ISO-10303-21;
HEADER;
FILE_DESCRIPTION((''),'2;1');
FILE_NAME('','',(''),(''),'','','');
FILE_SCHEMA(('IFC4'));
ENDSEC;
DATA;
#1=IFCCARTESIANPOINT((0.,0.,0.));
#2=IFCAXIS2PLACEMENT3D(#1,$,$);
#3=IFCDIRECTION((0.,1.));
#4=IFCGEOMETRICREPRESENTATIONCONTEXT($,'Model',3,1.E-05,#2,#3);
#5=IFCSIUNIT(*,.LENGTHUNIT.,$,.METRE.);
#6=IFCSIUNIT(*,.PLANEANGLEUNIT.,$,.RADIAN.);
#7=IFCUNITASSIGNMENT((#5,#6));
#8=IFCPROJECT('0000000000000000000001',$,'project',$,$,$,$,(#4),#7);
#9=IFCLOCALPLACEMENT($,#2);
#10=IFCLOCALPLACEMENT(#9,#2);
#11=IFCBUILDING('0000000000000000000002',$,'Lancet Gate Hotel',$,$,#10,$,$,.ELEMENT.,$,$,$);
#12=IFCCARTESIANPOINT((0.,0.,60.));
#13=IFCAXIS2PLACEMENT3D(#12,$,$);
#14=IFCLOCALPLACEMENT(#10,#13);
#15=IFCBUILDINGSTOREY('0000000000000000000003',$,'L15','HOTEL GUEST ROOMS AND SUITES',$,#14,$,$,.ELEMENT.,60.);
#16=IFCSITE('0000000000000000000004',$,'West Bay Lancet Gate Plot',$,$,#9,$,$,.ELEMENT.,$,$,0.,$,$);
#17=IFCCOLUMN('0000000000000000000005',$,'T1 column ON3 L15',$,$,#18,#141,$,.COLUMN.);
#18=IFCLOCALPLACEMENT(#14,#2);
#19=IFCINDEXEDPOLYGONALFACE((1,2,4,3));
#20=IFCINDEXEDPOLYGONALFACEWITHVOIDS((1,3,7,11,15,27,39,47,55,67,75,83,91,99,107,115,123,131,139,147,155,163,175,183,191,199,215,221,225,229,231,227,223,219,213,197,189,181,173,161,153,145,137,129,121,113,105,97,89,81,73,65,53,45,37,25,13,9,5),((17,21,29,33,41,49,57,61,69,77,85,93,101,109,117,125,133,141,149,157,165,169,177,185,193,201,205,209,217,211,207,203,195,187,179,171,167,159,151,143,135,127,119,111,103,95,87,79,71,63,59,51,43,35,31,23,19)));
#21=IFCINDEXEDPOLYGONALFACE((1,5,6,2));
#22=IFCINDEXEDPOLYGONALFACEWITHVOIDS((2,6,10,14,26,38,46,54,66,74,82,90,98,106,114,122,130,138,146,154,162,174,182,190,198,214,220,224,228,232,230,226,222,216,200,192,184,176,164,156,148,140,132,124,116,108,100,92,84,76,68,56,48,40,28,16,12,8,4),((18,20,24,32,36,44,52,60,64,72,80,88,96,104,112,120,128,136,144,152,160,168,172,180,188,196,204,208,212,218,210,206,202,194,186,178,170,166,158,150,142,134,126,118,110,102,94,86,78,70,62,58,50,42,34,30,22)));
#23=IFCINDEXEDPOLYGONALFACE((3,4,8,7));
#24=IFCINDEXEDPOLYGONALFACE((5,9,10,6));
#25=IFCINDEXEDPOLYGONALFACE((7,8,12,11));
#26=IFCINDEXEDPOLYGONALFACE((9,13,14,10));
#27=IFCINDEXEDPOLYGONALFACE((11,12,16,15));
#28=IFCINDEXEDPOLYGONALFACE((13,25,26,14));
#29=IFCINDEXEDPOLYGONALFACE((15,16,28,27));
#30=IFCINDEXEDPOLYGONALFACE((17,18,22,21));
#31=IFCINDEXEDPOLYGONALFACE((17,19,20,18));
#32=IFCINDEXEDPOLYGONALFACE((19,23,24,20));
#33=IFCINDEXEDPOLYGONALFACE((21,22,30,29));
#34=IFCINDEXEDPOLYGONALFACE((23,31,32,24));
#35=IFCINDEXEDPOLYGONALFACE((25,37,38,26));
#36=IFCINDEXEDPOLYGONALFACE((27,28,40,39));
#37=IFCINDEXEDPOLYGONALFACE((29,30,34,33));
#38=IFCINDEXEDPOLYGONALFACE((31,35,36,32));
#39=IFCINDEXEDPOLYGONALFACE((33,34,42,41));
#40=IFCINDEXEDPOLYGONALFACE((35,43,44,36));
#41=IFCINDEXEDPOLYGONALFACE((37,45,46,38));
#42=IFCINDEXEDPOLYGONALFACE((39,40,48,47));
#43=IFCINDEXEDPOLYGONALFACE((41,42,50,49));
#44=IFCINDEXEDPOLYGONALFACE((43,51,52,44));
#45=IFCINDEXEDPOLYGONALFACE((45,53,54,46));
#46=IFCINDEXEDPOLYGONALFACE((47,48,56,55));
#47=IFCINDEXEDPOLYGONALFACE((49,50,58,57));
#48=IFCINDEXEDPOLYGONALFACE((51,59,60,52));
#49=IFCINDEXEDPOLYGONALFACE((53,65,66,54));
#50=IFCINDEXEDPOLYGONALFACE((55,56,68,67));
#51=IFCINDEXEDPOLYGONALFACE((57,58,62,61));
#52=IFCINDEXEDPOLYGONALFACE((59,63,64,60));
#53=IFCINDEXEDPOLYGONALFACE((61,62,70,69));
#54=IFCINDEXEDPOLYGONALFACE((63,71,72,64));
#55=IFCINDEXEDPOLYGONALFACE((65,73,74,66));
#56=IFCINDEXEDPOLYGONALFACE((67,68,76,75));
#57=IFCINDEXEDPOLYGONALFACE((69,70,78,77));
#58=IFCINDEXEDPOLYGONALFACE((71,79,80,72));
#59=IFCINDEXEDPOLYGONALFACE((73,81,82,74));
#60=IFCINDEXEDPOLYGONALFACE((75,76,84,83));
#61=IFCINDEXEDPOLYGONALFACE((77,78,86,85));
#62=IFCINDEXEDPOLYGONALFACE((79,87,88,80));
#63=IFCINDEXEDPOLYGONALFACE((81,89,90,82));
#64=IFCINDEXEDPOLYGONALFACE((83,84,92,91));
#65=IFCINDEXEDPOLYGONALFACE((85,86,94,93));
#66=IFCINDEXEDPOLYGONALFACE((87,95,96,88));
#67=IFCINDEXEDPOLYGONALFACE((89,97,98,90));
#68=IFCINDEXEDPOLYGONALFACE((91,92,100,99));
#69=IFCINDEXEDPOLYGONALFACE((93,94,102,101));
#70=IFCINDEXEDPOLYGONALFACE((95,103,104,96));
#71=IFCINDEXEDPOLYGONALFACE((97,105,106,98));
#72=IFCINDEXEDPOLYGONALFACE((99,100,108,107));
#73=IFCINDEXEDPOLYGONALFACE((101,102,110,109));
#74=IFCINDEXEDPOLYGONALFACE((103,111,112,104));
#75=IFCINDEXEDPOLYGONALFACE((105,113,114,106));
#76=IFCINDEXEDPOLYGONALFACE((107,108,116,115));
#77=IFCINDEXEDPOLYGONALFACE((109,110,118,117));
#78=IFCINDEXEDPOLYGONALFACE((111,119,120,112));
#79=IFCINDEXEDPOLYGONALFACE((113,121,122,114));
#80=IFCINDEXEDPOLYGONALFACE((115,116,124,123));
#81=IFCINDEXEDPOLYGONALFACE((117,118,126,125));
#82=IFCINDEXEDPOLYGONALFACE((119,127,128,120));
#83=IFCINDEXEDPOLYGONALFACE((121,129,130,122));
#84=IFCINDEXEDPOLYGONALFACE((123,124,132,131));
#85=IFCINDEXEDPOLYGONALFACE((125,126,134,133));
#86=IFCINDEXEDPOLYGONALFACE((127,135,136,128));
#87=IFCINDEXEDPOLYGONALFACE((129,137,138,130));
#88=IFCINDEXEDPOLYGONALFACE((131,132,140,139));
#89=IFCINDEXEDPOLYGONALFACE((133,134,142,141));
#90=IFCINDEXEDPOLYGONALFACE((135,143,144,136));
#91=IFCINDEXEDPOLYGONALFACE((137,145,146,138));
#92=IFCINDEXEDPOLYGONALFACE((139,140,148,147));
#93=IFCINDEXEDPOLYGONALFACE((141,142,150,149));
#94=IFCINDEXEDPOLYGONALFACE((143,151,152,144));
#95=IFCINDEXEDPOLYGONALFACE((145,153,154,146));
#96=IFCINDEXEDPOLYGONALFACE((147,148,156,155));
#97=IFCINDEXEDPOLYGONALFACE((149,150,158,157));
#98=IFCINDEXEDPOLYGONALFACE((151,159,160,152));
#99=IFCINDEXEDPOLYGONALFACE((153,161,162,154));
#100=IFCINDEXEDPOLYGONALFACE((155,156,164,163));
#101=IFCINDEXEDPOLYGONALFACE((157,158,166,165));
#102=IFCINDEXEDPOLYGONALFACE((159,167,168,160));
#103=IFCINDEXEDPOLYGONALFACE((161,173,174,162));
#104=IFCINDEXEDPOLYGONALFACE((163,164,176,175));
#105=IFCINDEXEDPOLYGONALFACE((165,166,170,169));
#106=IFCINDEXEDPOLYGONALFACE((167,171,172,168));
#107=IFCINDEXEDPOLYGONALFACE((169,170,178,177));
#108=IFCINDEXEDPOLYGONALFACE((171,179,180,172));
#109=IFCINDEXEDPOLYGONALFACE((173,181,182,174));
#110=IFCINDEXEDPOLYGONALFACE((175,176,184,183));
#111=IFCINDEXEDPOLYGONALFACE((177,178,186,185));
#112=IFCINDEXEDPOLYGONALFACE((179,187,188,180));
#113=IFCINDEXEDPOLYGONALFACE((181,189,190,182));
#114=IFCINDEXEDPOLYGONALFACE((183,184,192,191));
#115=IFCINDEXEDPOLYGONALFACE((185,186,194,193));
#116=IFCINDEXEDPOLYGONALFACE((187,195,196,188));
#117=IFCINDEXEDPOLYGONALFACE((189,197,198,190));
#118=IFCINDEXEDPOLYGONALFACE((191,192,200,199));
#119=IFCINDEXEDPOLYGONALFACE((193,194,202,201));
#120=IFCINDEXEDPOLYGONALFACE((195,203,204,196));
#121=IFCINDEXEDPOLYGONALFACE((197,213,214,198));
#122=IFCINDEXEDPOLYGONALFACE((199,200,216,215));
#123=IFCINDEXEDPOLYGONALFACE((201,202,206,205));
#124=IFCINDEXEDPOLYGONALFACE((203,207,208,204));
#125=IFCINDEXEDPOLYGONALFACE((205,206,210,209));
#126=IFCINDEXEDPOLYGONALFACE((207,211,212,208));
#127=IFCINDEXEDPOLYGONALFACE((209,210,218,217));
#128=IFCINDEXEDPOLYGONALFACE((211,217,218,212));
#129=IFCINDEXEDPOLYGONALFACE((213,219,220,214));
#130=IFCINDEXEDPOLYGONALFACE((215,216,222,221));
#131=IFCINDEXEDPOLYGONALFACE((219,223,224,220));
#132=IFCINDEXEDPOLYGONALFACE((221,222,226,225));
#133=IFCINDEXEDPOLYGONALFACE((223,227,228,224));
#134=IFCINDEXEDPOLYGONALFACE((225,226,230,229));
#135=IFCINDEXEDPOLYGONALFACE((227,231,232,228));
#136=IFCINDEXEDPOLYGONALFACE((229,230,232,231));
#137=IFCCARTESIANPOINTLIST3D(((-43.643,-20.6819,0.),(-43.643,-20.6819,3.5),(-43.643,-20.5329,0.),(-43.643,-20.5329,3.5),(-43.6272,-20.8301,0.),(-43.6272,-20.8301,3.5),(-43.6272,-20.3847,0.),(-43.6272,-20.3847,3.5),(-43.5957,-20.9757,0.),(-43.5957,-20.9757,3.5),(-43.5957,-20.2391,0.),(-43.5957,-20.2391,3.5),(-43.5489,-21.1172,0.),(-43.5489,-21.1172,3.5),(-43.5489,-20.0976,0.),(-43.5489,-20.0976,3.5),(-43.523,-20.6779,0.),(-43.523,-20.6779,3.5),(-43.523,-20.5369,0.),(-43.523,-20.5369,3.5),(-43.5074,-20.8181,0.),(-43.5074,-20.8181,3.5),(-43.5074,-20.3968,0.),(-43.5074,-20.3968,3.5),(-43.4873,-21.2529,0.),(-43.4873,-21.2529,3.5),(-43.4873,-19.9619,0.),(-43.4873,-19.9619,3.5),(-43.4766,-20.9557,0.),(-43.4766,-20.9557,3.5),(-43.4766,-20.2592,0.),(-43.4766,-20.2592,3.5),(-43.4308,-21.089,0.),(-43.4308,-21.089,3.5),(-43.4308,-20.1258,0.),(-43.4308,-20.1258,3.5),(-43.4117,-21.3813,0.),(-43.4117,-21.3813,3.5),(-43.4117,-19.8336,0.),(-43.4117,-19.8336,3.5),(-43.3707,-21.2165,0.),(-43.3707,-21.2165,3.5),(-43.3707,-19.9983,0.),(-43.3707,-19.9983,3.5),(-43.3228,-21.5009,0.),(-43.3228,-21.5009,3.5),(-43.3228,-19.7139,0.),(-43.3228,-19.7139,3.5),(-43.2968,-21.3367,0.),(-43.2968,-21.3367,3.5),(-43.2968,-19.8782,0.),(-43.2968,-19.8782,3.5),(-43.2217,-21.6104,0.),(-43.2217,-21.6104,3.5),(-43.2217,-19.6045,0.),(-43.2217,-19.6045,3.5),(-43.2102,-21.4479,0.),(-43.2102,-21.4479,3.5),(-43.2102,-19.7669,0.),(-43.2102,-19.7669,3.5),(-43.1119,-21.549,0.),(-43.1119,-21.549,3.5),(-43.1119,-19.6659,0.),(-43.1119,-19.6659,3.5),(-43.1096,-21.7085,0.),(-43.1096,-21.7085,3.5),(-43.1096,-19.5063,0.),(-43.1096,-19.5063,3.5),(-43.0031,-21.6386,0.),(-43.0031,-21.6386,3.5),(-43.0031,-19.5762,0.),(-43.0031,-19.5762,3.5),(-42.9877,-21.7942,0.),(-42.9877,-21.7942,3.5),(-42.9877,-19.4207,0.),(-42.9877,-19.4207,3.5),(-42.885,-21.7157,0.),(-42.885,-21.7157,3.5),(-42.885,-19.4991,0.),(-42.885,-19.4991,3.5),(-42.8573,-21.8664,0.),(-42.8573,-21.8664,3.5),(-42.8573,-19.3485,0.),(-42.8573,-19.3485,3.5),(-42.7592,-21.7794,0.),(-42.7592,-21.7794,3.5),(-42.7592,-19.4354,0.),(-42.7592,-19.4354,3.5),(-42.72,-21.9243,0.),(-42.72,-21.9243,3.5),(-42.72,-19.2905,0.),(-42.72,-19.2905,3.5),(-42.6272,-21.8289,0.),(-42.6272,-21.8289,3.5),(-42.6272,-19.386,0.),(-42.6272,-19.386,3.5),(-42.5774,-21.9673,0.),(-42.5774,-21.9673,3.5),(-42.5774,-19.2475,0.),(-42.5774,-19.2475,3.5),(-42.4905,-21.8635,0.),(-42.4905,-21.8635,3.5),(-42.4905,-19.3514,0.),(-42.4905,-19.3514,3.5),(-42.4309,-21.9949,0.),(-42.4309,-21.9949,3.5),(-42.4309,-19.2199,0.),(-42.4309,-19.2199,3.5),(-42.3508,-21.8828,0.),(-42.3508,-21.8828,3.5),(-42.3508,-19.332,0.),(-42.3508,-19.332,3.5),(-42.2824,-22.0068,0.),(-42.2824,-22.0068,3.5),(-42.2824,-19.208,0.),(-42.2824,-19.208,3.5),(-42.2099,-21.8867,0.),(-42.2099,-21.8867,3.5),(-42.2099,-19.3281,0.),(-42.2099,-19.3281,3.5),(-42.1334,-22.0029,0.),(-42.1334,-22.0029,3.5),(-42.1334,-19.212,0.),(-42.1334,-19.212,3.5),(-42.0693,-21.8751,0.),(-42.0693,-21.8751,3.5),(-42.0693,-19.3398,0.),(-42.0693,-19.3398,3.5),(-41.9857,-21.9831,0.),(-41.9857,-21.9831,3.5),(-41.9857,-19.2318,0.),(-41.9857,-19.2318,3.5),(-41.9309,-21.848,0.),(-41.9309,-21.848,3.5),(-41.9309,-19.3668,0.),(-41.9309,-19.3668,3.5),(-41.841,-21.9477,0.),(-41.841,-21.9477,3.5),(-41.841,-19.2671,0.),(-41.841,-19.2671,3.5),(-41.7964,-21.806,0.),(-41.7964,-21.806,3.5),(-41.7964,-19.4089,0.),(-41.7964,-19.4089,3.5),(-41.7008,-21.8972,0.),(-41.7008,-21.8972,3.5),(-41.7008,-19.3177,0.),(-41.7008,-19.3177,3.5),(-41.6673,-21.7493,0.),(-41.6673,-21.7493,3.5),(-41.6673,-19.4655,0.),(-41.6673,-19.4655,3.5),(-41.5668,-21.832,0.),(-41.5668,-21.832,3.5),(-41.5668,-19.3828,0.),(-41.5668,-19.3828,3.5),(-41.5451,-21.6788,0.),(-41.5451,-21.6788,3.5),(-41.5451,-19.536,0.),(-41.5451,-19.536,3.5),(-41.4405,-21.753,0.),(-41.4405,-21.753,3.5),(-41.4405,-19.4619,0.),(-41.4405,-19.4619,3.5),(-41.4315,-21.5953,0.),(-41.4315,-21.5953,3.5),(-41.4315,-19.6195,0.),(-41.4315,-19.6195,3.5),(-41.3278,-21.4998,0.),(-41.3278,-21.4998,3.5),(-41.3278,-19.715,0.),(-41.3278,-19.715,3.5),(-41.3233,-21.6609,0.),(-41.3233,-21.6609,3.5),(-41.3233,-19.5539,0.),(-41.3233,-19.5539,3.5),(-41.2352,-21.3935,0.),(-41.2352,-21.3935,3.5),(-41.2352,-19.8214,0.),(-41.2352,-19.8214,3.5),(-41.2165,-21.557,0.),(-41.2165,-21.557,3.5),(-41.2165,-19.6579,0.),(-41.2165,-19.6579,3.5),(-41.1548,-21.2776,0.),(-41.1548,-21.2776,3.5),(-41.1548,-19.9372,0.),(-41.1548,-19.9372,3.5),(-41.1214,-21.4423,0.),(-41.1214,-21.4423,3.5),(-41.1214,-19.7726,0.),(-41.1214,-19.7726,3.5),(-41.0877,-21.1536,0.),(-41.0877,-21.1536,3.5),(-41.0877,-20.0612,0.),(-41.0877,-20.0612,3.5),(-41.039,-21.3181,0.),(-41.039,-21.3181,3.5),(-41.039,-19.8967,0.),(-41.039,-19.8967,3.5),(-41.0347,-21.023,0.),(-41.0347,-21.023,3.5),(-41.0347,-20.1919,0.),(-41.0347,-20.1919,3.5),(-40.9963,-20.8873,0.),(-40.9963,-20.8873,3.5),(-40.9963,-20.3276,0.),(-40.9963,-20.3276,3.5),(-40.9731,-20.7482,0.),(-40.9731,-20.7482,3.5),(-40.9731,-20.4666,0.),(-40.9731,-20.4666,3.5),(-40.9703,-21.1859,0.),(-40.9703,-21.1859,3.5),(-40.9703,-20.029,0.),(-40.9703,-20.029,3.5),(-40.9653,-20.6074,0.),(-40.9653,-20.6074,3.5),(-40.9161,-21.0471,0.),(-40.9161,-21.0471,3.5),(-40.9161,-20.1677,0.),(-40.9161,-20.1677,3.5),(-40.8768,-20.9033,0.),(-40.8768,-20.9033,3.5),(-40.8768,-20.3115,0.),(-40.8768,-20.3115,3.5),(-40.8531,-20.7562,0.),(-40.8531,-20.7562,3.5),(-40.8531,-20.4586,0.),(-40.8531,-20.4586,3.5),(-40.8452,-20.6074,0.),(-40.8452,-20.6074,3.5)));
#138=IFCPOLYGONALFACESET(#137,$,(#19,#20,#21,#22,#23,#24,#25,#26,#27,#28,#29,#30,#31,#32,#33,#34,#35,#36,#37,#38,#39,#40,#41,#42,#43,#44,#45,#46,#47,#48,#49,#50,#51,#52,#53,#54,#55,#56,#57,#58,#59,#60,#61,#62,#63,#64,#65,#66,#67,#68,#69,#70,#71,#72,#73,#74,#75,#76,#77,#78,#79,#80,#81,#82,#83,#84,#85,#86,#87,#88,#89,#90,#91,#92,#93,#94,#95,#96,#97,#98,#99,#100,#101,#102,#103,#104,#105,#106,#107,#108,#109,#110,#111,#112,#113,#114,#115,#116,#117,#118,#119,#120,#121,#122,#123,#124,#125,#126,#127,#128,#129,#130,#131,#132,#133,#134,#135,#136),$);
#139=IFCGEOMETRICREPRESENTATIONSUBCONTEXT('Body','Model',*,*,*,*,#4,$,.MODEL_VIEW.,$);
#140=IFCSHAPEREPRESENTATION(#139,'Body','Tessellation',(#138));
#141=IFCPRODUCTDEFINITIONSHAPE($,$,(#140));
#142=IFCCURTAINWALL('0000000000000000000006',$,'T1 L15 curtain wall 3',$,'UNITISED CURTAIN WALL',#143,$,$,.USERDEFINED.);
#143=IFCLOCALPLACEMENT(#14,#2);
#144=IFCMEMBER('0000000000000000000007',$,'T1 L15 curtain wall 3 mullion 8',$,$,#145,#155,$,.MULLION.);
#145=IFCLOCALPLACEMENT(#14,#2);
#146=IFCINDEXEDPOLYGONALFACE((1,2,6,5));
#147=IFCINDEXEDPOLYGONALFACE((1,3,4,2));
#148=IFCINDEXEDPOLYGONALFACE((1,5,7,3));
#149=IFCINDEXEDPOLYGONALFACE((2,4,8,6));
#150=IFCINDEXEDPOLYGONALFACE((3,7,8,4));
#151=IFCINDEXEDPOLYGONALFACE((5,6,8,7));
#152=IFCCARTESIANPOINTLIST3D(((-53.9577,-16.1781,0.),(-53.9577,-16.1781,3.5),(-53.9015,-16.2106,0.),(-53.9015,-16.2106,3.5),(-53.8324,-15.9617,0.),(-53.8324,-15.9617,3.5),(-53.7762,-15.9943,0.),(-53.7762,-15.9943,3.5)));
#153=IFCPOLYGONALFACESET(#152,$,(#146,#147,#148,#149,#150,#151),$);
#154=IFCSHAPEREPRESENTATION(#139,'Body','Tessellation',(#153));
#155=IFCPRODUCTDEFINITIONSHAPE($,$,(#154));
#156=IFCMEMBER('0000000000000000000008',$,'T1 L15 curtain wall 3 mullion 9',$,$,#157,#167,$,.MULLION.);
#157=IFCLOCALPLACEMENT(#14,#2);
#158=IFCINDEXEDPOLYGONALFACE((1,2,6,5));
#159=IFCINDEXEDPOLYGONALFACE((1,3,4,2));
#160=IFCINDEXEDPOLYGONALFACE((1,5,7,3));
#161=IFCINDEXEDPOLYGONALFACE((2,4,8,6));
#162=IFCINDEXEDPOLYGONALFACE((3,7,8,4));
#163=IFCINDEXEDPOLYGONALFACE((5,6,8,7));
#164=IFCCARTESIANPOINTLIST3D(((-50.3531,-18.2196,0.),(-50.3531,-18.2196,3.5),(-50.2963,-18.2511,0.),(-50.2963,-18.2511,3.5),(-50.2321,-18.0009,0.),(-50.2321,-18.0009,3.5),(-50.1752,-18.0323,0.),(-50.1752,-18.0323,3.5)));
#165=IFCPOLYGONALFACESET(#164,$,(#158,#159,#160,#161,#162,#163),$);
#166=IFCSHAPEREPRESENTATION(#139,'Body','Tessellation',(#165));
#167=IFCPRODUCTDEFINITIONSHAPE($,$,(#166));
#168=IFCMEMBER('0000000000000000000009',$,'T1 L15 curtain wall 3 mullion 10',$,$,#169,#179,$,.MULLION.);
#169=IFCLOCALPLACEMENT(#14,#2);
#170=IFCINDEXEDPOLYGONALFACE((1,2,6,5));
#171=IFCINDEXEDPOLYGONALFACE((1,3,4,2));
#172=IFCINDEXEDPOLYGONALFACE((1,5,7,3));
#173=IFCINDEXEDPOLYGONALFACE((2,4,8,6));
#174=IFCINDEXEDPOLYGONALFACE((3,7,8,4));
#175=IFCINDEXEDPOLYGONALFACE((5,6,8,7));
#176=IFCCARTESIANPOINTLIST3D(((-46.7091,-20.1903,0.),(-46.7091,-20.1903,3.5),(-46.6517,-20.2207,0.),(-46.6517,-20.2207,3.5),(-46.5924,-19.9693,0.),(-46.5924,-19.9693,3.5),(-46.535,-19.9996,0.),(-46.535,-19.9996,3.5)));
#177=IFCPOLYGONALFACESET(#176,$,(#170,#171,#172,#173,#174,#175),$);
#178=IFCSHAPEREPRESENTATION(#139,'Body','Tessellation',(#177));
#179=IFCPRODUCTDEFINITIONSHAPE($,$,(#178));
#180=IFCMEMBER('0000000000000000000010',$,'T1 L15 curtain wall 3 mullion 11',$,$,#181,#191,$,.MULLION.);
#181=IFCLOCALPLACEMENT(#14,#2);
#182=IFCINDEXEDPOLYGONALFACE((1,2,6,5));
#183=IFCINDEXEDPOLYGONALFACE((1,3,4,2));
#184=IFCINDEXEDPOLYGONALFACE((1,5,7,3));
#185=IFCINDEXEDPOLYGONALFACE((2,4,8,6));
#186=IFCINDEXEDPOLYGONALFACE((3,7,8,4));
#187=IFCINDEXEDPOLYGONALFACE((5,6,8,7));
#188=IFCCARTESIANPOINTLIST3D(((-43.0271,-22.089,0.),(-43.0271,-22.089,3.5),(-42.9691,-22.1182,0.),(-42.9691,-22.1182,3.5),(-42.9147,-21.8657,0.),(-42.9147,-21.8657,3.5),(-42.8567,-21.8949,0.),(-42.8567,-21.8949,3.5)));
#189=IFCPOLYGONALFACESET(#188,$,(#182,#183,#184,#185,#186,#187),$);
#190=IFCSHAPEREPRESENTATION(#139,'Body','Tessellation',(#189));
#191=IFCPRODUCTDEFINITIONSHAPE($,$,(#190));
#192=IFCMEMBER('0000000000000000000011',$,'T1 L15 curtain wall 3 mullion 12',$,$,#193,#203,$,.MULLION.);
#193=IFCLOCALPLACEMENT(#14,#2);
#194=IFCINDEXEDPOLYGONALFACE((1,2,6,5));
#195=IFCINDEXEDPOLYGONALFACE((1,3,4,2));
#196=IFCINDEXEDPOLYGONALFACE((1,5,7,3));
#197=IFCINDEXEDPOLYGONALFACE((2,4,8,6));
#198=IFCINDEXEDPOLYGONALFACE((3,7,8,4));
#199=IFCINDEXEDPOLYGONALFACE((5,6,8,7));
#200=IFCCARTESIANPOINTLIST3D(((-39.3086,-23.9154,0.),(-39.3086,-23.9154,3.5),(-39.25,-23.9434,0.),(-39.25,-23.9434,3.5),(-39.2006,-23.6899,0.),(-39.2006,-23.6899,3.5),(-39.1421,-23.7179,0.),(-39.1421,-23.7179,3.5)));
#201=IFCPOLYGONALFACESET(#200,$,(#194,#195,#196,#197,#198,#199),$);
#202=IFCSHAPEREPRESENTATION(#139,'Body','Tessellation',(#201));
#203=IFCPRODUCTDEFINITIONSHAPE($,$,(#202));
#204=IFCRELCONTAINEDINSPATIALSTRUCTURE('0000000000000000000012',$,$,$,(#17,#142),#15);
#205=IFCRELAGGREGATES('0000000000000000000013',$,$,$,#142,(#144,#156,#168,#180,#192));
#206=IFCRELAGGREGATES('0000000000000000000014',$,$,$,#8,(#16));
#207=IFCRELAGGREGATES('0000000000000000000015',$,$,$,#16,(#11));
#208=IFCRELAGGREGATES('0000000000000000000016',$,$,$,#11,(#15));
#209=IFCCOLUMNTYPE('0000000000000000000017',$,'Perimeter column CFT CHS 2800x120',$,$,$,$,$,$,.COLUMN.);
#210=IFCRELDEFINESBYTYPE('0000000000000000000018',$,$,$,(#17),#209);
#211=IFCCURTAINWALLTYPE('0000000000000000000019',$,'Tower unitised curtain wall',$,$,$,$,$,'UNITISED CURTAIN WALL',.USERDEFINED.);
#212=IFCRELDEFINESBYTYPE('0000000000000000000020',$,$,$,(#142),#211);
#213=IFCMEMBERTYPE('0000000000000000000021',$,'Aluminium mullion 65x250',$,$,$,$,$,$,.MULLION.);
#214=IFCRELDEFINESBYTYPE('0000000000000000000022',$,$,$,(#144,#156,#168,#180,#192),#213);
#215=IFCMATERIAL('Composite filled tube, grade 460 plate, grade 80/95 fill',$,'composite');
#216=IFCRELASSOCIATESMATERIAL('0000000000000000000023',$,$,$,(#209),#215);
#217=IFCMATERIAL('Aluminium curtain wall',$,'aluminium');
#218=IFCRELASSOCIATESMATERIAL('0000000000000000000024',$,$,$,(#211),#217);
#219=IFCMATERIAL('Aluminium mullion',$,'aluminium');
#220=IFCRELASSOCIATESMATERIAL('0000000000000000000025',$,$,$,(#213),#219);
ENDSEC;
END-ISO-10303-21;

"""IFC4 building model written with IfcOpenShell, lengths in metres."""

from ifc_helpers import new_model, si_unit, direction, frame, origin, origin_2d, place, context, subcontext, project, spatial, rectangle, hollow_circle, extrude, material, material_profile, profile_set, type_object, element, aggregate, save


model = new_model("IFC4")

# Units and contexts
model_context = context("Model", 3, precision=1e-05, world=origin(), true_north=direction((0.0, 1.0)))
body_context = subcontext(model_context, "Body", "Model", "MODEL_VIEW")
ifc_project = project(units=[si_unit("LENGTHUNIT", "METRE"), si_unit("PLANEANGLEUNIT", "RADIAN")], contexts=[model_context])

# Site, building, storey
site_placement = place(None, origin())
site = spatial("IfcSite", under=ifc_project, at=site_placement, Name="West Bay Lancet Gate Plot", CompositionType="ELEMENT", RefElevation=0.0)
building_placement = place(site_placement, origin())
building = spatial("IfcBuilding", under=site, at=building_placement, Name="Lancet Gate Hotel", CompositionType="ELEMENT")
storey_placement = place(building_placement, frame((0.0, 0.0, 60.0)))
storey = spatial("IfcBuildingStorey", under=building, at=storey_placement, Name="L15", Description="HOTEL GUEST ROOMS AND SUITES", CompositionType="ELEMENT", Elevation=60.0)

# Column
ifc_material_1 = material(Name="Composite filled tube, grade 460 plate, grade 80/95 fill", Category="composite")
ifc_material_profile_1 = material_profile(ifc_material_1, hollow_circle(Radius=1.3999, WallThickness=0.1201, at=origin_2d()), Name="CHS 2800x120")
ifc_profile_set_1 = profile_set([ifc_material_profile_1], Name="Composite filled tube, grade 460 plate, grade 80/95 fill")
column_type = type_object("IfcColumnType", Name="Perimeter column CFT CHS 2800x120", PredefinedType="COLUMN", material=ifc_profile_set_1)
for number, where, z_axis, x_axis, name in (
    (1, (-42.2451, -20.6074, 0.0), (0.0, 0.0, 1.0), (1.0, 0.0, 0.0), "T1 column ON3 L15"),
):
    element("IfcColumn", number, at=place(storey_placement, frame(where, z_axis=z_axis, x_axis=x_axis)), inside=storey, type_object=column_type, Name=name, PredefinedType="COLUMN", context=body_context, shape_type="SweptSolid", body=[
        extrude(hollow_circle(Radius=1.3999, WallThickness=0.1201, at=origin_2d()), origin(), (0.0, 0.0, 1.0), 3.5),
    ])

# Curtain wall, members
ifc_material_2 = material(Name="Aluminium curtain wall", Category="aluminium")
curtain_wall_type = type_object("IfcCurtainWallType", Name="Tower unitised curtain wall", ElementType="UNITISED CURTAIN WALL", PredefinedType="USERDEFINED", material=ifc_material_2)
curtain_wall_placement = place(storey_placement, origin())
curtain_wall = element("IfcCurtainWall", 2, at=curtain_wall_placement, inside=storey, type_object=curtain_wall_type, Name="T1 L15 curtain wall 3", ObjectType="UNITISED CURTAIN WALL", PredefinedType="USERDEFINED")
ifc_material_3 = material(Name="Aluminium mullion", Category="aluminium")
ifc_material_profile_2 = material_profile(ifc_material_3, rectangle(XDim=0.0649, YDim=0.25, at=origin_2d()), Name="MULLION 65x250")
ifc_profile_set_2 = profile_set([ifc_material_profile_2], Name="Aluminium mullion")
member_type_1 = type_object("IfcMemberType", Name="Aluminium mullion 65x250", PredefinedType="MULLION", material=ifc_profile_set_2)
member_1_placement = place(storey_placement, frame((-53.8669, -16.0862, 0.0), z_axis=(0.0, 0.0, 1.0), x_axis=(0.865335, -0.501194, 0.0)))
member_1 = element("IfcMember", 3, at=member_1_placement, type_object=member_type_1, Name="T1 L15 curtain wall 3 mullion 8", PredefinedType="MULLION", context=body_context, shape_type="SweptSolid", body=[
    extrude(rectangle(XDim=0.0649, YDim=0.25, at=origin_2d()), origin(), (0.0, 0.0, 1.0), 3.5),
])
member_2_placement = place(storey_placement, frame((-50.2642, -18.126, 0.0), z_axis=(0.0, 0.0, 1.0), x_axis=(0.874991, -0.484139, 0.0)))
member_2 = element("IfcMember", 4, at=member_2_placement, type_object=member_type_1, Name="T1 L15 curtain wall 3 mullion 9", PredefinedType="MULLION", context=body_context, shape_type="SweptSolid", body=[
    extrude(rectangle(XDim=0.0649, YDim=0.25, at=origin_2d()), origin(), (0.0, 0.0, 1.0), 3.5),
])
member_3_placement = place(storey_placement, frame((-46.6221, -20.095, 0.0), z_axis=(0.0, 0.0, 1.0), x_axis=(0.884311, -0.466898, 0.0)))
member_3 = element("IfcMember", 5, at=member_3_placement, type_object=member_type_1, Name="T1 L15 curtain wall 3 mullion 10", PredefinedType="MULLION", context=body_context, shape_type="SweptSolid", body=[
    extrude(rectangle(XDim=0.0649, YDim=0.25, at=origin_2d()), origin(), (0.0, 0.0, 1.0), 3.5),
])
member_4_placement = place(storey_placement, frame((-42.9419, -21.9919, 0.0), z_axis=(0.0, 0.0, 1.0), x_axis=(0.893292, -0.449478, 0.0)))
member_4 = element("IfcMember", 6, at=member_4_placement, type_object=member_type_1, Name="T1 L15 curtain wall 3 mullion 11", PredefinedType="MULLION", context=body_context, shape_type="SweptSolid", body=[
    extrude(rectangle(XDim=0.0649, YDim=0.25, at=origin_2d()), origin(), (0.0, 0.0, 1.0), 3.5),
])
member_5_placement = place(storey_placement, frame((-39.2253, -23.8167, 0.0), z_axis=(0.0, 0.0, 1.0), x_axis=(0.901929, -0.431885, 0.0)))
member_5 = element("IfcMember", 7, at=member_5_placement, type_object=member_type_1, Name="T1 L15 curtain wall 3 mullion 12", PredefinedType="MULLION", context=body_context, shape_type="SweptSolid", body=[
    extrude(rectangle(XDim=0.0649, YDim=0.25, at=origin_2d()), origin(), (0.0, 0.0, 1.0), 3.5),
])

aggregate(curtain_wall, [member_1, member_2, member_3, member_4, member_5])

save(model, "model.ifc")
